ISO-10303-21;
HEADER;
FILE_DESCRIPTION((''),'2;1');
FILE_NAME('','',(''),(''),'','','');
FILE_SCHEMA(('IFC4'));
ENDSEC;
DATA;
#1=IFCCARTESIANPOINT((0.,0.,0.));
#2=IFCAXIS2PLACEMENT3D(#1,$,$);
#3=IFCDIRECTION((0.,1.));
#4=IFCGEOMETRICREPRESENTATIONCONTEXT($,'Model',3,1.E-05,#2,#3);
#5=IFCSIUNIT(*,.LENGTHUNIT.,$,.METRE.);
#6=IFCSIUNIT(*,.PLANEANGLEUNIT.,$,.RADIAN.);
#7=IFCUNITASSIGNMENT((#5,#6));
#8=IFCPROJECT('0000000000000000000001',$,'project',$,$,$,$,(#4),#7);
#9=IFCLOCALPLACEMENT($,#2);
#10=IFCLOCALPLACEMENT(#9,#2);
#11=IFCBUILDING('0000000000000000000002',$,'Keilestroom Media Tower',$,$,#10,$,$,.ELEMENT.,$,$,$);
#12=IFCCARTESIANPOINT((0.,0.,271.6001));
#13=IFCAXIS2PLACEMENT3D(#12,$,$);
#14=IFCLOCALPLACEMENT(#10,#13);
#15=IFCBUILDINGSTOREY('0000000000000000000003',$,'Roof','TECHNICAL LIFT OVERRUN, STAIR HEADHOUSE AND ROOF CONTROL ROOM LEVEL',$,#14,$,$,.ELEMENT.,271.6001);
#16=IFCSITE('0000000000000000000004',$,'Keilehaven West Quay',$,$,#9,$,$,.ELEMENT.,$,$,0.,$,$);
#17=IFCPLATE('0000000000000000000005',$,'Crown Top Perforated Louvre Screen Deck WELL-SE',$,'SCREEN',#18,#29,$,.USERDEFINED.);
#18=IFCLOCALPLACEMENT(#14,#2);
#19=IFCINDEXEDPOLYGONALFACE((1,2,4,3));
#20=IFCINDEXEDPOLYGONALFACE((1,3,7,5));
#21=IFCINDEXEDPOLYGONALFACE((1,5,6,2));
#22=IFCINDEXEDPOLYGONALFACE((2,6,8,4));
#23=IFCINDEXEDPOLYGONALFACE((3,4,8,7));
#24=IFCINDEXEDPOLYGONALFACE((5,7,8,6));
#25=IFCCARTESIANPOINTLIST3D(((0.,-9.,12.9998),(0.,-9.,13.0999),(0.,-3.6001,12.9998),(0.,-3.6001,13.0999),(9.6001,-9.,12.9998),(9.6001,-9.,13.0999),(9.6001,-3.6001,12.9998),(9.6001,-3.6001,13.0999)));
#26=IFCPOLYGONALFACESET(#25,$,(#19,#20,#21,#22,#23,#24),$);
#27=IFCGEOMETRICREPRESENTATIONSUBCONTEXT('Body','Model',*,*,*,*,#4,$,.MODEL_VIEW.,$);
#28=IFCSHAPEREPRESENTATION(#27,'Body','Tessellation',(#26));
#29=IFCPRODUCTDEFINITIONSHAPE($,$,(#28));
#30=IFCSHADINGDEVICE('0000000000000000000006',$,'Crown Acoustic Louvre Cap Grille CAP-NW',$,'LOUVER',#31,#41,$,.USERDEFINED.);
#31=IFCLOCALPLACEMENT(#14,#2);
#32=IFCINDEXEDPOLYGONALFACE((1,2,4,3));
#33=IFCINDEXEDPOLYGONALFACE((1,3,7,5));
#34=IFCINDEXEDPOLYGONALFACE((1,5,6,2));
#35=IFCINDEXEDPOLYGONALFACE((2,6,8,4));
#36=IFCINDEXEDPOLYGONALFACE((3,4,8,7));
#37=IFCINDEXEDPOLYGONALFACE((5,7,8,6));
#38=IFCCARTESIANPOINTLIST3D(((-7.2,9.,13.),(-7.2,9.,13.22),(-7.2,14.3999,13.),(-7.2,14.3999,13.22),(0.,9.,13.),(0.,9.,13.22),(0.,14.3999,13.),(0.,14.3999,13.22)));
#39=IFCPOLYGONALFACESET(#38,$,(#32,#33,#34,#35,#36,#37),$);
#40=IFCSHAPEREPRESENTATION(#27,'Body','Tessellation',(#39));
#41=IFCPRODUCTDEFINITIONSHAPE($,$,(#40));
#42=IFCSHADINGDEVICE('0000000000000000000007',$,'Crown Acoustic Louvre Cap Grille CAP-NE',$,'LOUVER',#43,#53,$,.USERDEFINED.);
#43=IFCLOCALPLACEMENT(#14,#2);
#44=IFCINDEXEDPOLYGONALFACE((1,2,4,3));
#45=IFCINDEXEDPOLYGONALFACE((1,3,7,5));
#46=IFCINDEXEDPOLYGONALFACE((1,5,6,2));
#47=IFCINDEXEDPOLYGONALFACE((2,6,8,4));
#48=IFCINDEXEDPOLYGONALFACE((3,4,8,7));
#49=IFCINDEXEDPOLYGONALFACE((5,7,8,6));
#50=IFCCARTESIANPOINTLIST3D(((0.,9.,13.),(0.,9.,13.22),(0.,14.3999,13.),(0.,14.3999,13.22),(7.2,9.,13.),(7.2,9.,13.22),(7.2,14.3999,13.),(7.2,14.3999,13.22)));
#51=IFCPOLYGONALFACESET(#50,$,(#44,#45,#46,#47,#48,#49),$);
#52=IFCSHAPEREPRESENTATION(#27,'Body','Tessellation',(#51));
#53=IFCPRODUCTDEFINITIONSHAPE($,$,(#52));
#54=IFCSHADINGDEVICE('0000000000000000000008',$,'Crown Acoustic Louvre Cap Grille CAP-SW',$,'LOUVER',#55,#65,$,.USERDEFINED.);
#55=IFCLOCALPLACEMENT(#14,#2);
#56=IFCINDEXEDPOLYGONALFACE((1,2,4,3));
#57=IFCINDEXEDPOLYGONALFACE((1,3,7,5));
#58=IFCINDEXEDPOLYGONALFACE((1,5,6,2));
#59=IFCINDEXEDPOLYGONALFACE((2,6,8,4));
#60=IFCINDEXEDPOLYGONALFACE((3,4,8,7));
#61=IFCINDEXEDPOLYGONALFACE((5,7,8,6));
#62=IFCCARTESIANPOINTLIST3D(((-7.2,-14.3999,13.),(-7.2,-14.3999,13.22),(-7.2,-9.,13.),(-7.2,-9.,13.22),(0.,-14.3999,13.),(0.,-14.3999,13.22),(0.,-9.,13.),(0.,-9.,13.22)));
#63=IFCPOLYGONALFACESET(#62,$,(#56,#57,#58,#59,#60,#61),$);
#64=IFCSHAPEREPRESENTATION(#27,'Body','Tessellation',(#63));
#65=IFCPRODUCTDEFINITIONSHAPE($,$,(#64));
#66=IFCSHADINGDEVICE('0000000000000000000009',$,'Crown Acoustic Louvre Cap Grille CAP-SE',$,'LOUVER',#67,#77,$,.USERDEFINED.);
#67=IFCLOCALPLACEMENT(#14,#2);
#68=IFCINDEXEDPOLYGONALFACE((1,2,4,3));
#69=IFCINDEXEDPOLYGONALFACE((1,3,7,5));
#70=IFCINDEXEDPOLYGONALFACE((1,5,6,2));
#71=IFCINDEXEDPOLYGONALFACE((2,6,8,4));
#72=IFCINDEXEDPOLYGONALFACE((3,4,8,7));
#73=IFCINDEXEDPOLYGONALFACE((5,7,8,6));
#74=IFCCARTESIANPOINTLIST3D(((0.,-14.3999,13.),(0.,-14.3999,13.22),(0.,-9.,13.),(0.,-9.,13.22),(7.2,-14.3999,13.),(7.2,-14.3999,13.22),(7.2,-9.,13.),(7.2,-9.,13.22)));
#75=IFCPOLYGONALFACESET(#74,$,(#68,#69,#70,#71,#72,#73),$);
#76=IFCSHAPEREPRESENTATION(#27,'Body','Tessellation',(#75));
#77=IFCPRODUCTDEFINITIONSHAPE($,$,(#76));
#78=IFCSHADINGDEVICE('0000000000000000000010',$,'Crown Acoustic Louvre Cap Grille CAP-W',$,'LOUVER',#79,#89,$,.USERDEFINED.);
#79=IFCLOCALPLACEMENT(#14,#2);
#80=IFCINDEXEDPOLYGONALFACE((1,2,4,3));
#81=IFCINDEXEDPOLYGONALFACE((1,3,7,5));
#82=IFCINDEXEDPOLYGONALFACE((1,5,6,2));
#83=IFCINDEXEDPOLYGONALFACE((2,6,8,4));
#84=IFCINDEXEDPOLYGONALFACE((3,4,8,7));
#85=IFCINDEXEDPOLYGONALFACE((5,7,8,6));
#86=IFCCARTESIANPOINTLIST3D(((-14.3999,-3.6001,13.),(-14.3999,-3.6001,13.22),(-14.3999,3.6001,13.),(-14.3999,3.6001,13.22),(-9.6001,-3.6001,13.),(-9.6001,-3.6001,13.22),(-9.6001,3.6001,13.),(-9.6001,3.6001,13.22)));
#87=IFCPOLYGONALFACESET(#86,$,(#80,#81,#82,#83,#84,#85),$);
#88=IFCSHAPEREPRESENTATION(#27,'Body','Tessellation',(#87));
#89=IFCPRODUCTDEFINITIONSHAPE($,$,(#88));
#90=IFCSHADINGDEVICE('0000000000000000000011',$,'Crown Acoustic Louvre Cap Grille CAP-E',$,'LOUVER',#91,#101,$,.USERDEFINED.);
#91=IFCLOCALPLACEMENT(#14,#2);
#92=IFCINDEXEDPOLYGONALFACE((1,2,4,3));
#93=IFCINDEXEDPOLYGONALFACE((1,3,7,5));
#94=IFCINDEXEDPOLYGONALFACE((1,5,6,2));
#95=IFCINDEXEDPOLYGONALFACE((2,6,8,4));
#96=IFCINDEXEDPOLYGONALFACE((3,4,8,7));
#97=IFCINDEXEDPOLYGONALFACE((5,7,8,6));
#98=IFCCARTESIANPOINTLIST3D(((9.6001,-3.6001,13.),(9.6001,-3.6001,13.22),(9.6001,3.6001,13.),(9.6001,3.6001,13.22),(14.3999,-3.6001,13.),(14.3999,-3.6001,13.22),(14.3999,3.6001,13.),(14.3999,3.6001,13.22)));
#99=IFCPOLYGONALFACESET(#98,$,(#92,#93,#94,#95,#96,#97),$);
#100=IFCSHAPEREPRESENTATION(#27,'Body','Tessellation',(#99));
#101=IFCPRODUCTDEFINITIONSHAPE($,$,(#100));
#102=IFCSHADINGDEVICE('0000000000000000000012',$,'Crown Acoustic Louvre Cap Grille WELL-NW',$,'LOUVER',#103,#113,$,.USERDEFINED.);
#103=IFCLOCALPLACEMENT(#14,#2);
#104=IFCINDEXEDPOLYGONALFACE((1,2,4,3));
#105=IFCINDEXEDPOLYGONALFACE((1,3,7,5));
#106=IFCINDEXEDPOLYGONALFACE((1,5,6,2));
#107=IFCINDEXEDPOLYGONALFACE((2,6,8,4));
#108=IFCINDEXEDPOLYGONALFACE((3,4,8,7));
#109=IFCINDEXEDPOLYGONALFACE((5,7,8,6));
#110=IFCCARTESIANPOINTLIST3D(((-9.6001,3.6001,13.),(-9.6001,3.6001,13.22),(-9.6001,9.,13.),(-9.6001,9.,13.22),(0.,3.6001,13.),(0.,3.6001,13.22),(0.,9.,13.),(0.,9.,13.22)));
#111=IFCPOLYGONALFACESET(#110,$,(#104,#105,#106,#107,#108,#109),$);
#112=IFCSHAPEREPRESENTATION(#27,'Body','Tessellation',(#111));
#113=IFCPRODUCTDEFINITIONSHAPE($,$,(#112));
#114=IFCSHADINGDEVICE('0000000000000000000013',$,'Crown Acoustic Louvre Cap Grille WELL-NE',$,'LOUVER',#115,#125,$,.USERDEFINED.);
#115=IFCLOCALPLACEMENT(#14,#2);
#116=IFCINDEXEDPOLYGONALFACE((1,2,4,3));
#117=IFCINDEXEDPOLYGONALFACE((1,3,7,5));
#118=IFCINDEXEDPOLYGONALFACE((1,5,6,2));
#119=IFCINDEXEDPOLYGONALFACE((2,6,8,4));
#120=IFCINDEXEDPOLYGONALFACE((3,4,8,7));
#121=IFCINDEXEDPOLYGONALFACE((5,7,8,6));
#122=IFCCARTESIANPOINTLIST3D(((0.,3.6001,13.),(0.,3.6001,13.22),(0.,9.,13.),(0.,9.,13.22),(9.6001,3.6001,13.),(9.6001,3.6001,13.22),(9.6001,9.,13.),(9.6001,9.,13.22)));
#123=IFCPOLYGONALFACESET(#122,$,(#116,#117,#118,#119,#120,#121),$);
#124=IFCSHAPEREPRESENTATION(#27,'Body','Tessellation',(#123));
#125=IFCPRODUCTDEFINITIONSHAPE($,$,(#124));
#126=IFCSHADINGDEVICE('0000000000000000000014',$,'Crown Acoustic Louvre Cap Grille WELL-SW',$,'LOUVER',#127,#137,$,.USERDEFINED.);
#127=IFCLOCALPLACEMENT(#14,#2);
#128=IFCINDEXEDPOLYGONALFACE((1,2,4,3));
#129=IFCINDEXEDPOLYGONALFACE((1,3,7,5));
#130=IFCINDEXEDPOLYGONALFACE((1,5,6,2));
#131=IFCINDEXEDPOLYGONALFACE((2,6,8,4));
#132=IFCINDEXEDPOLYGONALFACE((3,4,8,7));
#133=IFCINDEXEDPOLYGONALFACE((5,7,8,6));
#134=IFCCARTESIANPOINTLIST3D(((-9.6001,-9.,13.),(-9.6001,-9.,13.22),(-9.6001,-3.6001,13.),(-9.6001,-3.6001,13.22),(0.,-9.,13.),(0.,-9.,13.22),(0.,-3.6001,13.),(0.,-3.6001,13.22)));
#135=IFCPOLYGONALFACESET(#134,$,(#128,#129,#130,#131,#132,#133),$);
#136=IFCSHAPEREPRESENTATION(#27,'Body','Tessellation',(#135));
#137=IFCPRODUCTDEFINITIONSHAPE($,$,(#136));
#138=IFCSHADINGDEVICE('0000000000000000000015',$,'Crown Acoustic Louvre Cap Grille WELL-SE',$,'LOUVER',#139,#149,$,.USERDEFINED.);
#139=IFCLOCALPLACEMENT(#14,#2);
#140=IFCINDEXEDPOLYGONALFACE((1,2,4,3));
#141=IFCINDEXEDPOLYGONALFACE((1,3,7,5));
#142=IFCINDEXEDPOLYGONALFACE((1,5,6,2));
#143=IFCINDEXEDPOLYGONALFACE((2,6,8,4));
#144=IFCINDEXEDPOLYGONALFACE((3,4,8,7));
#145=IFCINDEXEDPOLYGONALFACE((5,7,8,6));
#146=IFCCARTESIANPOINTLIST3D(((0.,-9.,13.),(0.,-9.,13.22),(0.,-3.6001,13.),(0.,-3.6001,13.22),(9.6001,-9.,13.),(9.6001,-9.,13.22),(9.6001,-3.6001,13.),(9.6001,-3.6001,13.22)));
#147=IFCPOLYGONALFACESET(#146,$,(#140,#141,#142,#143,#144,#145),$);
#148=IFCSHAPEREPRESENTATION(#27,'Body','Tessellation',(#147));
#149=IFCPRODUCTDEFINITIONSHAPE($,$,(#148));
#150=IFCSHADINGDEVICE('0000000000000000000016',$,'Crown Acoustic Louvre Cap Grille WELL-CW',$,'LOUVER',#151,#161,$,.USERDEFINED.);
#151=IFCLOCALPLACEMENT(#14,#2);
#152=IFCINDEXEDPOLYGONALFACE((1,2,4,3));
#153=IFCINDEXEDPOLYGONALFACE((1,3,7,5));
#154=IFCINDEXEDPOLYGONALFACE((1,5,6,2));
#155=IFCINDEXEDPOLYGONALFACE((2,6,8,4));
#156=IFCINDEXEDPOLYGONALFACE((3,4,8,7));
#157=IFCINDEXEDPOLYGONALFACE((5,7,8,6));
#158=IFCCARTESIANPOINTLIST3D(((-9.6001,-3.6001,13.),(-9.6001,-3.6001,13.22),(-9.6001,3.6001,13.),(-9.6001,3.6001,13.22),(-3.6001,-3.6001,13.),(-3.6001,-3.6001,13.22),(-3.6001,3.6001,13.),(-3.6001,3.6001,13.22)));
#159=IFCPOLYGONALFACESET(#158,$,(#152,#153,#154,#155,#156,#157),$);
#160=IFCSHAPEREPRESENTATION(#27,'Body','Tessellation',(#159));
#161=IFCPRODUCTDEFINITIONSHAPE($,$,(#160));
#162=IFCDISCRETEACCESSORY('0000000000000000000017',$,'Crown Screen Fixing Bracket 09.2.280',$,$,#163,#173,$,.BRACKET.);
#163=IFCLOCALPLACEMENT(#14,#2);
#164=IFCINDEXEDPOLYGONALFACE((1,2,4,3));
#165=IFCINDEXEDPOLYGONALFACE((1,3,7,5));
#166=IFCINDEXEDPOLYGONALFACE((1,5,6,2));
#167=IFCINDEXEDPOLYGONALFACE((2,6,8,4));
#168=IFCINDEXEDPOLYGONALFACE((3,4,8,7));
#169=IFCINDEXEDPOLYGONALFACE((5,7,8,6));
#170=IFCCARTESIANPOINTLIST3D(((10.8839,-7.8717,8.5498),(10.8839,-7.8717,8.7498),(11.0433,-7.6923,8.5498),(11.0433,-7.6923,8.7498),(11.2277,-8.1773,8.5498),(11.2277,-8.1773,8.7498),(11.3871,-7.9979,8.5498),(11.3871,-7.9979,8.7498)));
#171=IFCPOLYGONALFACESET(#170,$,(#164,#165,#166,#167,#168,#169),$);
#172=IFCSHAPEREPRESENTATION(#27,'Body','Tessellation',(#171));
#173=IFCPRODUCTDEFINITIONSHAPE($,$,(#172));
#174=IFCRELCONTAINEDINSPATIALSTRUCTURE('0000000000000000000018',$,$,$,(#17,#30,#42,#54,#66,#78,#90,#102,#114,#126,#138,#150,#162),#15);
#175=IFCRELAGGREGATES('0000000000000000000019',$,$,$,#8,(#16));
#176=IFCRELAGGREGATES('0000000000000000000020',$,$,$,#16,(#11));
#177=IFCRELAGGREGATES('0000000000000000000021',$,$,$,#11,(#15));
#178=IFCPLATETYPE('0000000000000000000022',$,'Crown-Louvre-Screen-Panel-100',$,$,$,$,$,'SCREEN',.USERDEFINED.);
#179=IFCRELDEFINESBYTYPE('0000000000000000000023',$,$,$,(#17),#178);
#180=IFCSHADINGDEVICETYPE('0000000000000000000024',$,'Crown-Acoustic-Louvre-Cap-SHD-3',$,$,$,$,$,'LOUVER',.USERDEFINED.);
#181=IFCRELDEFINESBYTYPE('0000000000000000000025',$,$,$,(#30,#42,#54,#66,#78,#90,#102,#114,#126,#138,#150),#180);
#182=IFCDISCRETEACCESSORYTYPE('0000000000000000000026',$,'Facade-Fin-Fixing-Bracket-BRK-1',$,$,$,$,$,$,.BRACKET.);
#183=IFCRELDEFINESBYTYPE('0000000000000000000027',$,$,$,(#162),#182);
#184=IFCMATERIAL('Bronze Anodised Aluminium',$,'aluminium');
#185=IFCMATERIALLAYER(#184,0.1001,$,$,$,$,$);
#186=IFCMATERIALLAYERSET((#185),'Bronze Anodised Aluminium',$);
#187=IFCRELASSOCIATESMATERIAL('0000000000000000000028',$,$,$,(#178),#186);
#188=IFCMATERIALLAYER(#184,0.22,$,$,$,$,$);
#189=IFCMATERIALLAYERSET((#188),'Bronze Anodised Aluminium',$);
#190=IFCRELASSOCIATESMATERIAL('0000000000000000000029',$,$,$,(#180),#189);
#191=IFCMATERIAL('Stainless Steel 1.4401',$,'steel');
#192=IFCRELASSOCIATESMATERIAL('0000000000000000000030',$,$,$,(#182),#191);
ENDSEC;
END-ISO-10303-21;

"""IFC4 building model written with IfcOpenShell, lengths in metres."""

from ifc_helpers import new_model, si_unit, direction, frame, origin, origin_2d, place, context, subcontext, project, spatial, polyline, rectangle, outline, extrude, source, transform, mapped, material, layer, layer_set, type_object, element, save


model = new_model("IFC4")

# Units and contexts
model_context = context("Model", 3, precision=1e-05, world=origin(), true_north=direction((0.0, 1.0)))
body_context = subcontext(model_context, "Body", "Model", "MODEL_VIEW")
ifc_project = project(units=[si_unit("LENGTHUNIT", "METRE"), si_unit("PLANEANGLEUNIT", "RADIAN")], contexts=[model_context])

# Site, building, storey
site_placement = place(None, origin())
site = spatial("IfcSite", under=ifc_project, at=site_placement, Name="Keilehaven West Quay", CompositionType="ELEMENT", RefElevation=0.0)
building_placement = place(site_placement, origin())
building = spatial("IfcBuilding", under=site, at=building_placement, Name="Keilestroom Media Tower", CompositionType="ELEMENT")
storey_placement = place(building_placement, frame((0.0, 0.0, 271.6001)))
storey = spatial("IfcBuildingStorey", under=building, at=storey_placement, Name="Roof", Description="TECHNICAL LIFT OVERRUN, STAIR HEADHOUSE AND ROOF CONTROL ROOM LEVEL", CompositionType="ELEMENT", Elevation=271.6001)

# Plate
ifc_material_1 = material(Name="Bronze Anodised Aluminium", Category="aluminium")
ifc_layer_1 = layer(ifc_material_1, 0.1001)
ifc_layer_set_1 = layer_set([ifc_layer_1], Name="Bronze Anodised Aluminium")
plate_type = type_object("IfcPlateType", Name="Crown-Louvre-Screen-Panel-100", ElementType="SCREEN", PredefinedType="USERDEFINED", material=ifc_layer_set_1)
shared_shape_1 = source(origin(), body_context, "Body", "SweptSolid", [
    extrude(rectangle(XDim=9.6001, YDim=5.3999, at=origin_2d()), origin(), (0.0, 0.0, 1.0), 0.1001),
])
plate_placement = place(storey_placement, frame((4.8, -6.3, 12.9998), z_axis=(0.0, 0.0, 1.0), x_axis=(1.0, 0.0, 0.0)))
element("IfcPlate", 1, at=plate_placement, inside=storey, type_object=plate_type, Name="Crown Top Perforated Louvre Screen Deck WELL-SE", ObjectType="SCREEN", PredefinedType="USERDEFINED", context=body_context, shape_type="MappedRepresentation", body=[
    mapped(shared_shape_1, transform((0.0, 0.0, 0.0), x_axis=(1.0, 0.0, 0.0), y_axis=(0.0, 1.0, 0.0), z_axis=(0.0, 0.0, 1.0), scale=1.0)),
])

# Shading devices
ifc_layer_2 = layer(ifc_material_1, 0.22)
ifc_layer_set_2 = layer_set([ifc_layer_2], Name="Bronze Anodised Aluminium")
shading_device_type = type_object("IfcShadingDeviceType", Name="Crown-Acoustic-Louvre-Cap-SHD-3", ElementType="LOUVER", PredefinedType="USERDEFINED", material=ifc_layer_set_2)
shading_device_1_placement = place(storey_placement, frame((0.0, 0.0, 13.0)))
element("IfcShadingDevice", 2, at=shading_device_1_placement, inside=storey, type_object=shading_device_type, Name="Crown Acoustic Louvre Cap Grille CAP-NW", ObjectType="LOUVER", PredefinedType="USERDEFINED", context=body_context, shape_type="SweptSolid", body=[
    extrude(outline(polyline([(-7.2, 9.0), (0.0, 9.0), (0.0, 14.3999), (-7.2, 14.3999), (-7.2, 9.0)])), origin(), (0.0, 0.0, 1.0), 0.22),
])
shading_device_2_placement = place(storey_placement, frame((0.0, 0.0, 13.0)))
element("IfcShadingDevice", 3, at=shading_device_2_placement, inside=storey, type_object=shading_device_type, Name="Crown Acoustic Louvre Cap Grille CAP-NE", ObjectType="LOUVER", PredefinedType="USERDEFINED", context=body_context, shape_type="SweptSolid", body=[
    extrude(outline(polyline([(0.0, 9.0), (7.2, 9.0), (7.2, 14.3999), (0.0, 14.3999), (0.0, 9.0)])), origin(), (0.0, 0.0, 1.0), 0.22),
])
shading_device_3_placement = place(storey_placement, frame((0.0, 0.0, 13.0)))
element("IfcShadingDevice", 4, at=shading_device_3_placement, inside=storey, type_object=shading_device_type, Name="Crown Acoustic Louvre Cap Grille CAP-SW", ObjectType="LOUVER", PredefinedType="USERDEFINED", context=body_context, shape_type="SweptSolid", body=[
    extrude(outline(polyline([(-7.2, -14.3999), (0.0, -14.3999), (0.0, -9.0), (-7.2, -9.0), (-7.2, -14.3999)])), origin(), (0.0, 0.0, 1.0), 0.22),
])
shading_device_4_placement = place(storey_placement, frame((0.0, 0.0, 13.0)))
element("IfcShadingDevice", 5, at=shading_device_4_placement, inside=storey, type_object=shading_device_type, Name="Crown Acoustic Louvre Cap Grille CAP-SE", ObjectType="LOUVER", PredefinedType="USERDEFINED", context=body_context, shape_type="SweptSolid", body=[
    extrude(outline(polyline([(0.0, -14.3999), (7.2, -14.3999), (7.2, -9.0), (0.0, -9.0), (0.0, -14.3999)])), origin(), (0.0, 0.0, 1.0), 0.22),
])
shading_device_5_placement = place(storey_placement, frame((0.0, 0.0, 13.0)))
element("IfcShadingDevice", 6, at=shading_device_5_placement, inside=storey, type_object=shading_device_type, Name="Crown Acoustic Louvre Cap Grille CAP-W", ObjectType="LOUVER", PredefinedType="USERDEFINED", context=body_context, shape_type="SweptSolid", body=[
    extrude(outline(polyline([(-14.3999, -3.6001), (-9.6001, -3.6001), (-9.6001, 3.6001), (-14.3999, 3.6001), (-14.3999, -3.6001)])), origin(), (0.0, 0.0, 1.0), 0.22),
])
shading_device_6_placement = place(storey_placement, frame((0.0, 0.0, 13.0)))
element("IfcShadingDevice", 7, at=shading_device_6_placement, inside=storey, type_object=shading_device_type, Name="Crown Acoustic Louvre Cap Grille CAP-E", ObjectType="LOUVER", PredefinedType="USERDEFINED", context=body_context, shape_type="SweptSolid", body=[
    extrude(outline(polyline([(9.6001, -3.6001), (14.3999, -3.6001), (14.3999, 3.6001), (9.6001, 3.6001), (9.6001, -3.6001)])), origin(), (0.0, 0.0, 1.0), 0.22),
])
shading_device_7_placement = place(storey_placement, frame((0.0, 0.0, 13.0)))
element("IfcShadingDevice", 8, at=shading_device_7_placement, inside=storey, type_object=shading_device_type, Name="Crown Acoustic Louvre Cap Grille WELL-NW", ObjectType="LOUVER", PredefinedType="USERDEFINED", context=body_context, shape_type="SweptSolid", body=[
    extrude(outline(polyline([(-9.6001, 3.6001), (0.0, 3.6001), (0.0, 9.0), (-9.6001, 9.0), (-9.6001, 3.6001)])), origin(), (0.0, 0.0, 1.0), 0.22),
])
shading_device_8_placement = place(storey_placement, frame((0.0, 0.0, 13.0)))
element("IfcShadingDevice", 9, at=shading_device_8_placement, inside=storey, type_object=shading_device_type, Name="Crown Acoustic Louvre Cap Grille WELL-NE", ObjectType="LOUVER", PredefinedType="USERDEFINED", context=body_context, shape_type="SweptSolid", body=[
    extrude(outline(polyline([(0.0, 3.6001), (9.6001, 3.6001), (9.6001, 9.0), (0.0, 9.0), (0.0, 3.6001)])), origin(), (0.0, 0.0, 1.0), 0.22),
])
shading_device_9_placement = place(storey_placement, frame((0.0, 0.0, 13.0)))
element("IfcShadingDevice", 10, at=shading_device_9_placement, inside=storey, type_object=shading_device_type, Name="Crown Acoustic Louvre Cap Grille WELL-SW", ObjectType="LOUVER", PredefinedType="USERDEFINED", context=body_context, shape_type="SweptSolid", body=[
    extrude(outline(polyline([(-9.6001, -9.0), (0.0, -9.0), (0.0, -3.6001), (-9.6001, -3.6001), (-9.6001, -9.0)])), origin(), (0.0, 0.0, 1.0), 0.22),
])
shading_device_10_placement = place(storey_placement, frame((0.0, 0.0, 13.0)))
element("IfcShadingDevice", 11, at=shading_device_10_placement, inside=storey, type_object=shading_device_type, Name="Crown Acoustic Louvre Cap Grille WELL-SE", ObjectType="LOUVER", PredefinedType="USERDEFINED", context=body_context, shape_type="SweptSolid", body=[
    extrude(outline(polyline([(0.0, -9.0), (9.6001, -9.0), (9.6001, -3.6001), (0.0, -3.6001), (0.0, -9.0)])), origin(), (0.0, 0.0, 1.0), 0.22),
])
shading_device_11_placement = place(storey_placement, frame((0.0, 0.0, 13.0)))
element("IfcShadingDevice", 12, at=shading_device_11_placement, inside=storey, type_object=shading_device_type, Name="Crown Acoustic Louvre Cap Grille WELL-CW", ObjectType="LOUVER", PredefinedType="USERDEFINED", context=body_context, shape_type="SweptSolid", body=[
    extrude(outline(polyline([(-9.6001, -3.6001), (-3.6001, -3.6001), (-3.6001, 3.6001), (-9.6001, 3.6001), (-9.6001, -3.6001)])), origin(), (0.0, 0.0, 1.0), 0.22),
])

# Discrete accessory
ifc_material_2 = material(Name="Stainless Steel 1.4401", Category="steel")
discrete_accessory_type = type_object("IfcDiscreteAccessoryType", Name="Facade-Fin-Fixing-Bracket-BRK-1", PredefinedType="BRACKET", material=ifc_material_2)
shared_shape_2 = source(origin(), body_context, "Body", "SweptSolid", [
    extrude(rectangle(XDim=0.24, YDim=0.46, at=origin_2d()), origin(), (0.0, 0.0, 1.0), 0.2),
])
discrete_accessory_placement = place(storey_placement, frame((11.1355, -7.9348, 8.5498), z_axis=(0.0, 0.0, 1.0), x_axis=(-0.664363, -0.74741, 0.0)))
element("IfcDiscreteAccessory", 13, at=discrete_accessory_placement, inside=storey, type_object=discrete_accessory_type, Name="Crown Screen Fixing Bracket 09.2.280", PredefinedType="BRACKET", context=body_context, shape_type="MappedRepresentation", body=[
    mapped(shared_shape_2, transform((0.0, 0.0, 0.0), x_axis=(1.0, 0.0, 0.0), y_axis=(0.0, 1.0, 0.0), z_axis=(0.0, 0.0, 1.0), scale=1.0)),
])

save(model, "model.ifc")
